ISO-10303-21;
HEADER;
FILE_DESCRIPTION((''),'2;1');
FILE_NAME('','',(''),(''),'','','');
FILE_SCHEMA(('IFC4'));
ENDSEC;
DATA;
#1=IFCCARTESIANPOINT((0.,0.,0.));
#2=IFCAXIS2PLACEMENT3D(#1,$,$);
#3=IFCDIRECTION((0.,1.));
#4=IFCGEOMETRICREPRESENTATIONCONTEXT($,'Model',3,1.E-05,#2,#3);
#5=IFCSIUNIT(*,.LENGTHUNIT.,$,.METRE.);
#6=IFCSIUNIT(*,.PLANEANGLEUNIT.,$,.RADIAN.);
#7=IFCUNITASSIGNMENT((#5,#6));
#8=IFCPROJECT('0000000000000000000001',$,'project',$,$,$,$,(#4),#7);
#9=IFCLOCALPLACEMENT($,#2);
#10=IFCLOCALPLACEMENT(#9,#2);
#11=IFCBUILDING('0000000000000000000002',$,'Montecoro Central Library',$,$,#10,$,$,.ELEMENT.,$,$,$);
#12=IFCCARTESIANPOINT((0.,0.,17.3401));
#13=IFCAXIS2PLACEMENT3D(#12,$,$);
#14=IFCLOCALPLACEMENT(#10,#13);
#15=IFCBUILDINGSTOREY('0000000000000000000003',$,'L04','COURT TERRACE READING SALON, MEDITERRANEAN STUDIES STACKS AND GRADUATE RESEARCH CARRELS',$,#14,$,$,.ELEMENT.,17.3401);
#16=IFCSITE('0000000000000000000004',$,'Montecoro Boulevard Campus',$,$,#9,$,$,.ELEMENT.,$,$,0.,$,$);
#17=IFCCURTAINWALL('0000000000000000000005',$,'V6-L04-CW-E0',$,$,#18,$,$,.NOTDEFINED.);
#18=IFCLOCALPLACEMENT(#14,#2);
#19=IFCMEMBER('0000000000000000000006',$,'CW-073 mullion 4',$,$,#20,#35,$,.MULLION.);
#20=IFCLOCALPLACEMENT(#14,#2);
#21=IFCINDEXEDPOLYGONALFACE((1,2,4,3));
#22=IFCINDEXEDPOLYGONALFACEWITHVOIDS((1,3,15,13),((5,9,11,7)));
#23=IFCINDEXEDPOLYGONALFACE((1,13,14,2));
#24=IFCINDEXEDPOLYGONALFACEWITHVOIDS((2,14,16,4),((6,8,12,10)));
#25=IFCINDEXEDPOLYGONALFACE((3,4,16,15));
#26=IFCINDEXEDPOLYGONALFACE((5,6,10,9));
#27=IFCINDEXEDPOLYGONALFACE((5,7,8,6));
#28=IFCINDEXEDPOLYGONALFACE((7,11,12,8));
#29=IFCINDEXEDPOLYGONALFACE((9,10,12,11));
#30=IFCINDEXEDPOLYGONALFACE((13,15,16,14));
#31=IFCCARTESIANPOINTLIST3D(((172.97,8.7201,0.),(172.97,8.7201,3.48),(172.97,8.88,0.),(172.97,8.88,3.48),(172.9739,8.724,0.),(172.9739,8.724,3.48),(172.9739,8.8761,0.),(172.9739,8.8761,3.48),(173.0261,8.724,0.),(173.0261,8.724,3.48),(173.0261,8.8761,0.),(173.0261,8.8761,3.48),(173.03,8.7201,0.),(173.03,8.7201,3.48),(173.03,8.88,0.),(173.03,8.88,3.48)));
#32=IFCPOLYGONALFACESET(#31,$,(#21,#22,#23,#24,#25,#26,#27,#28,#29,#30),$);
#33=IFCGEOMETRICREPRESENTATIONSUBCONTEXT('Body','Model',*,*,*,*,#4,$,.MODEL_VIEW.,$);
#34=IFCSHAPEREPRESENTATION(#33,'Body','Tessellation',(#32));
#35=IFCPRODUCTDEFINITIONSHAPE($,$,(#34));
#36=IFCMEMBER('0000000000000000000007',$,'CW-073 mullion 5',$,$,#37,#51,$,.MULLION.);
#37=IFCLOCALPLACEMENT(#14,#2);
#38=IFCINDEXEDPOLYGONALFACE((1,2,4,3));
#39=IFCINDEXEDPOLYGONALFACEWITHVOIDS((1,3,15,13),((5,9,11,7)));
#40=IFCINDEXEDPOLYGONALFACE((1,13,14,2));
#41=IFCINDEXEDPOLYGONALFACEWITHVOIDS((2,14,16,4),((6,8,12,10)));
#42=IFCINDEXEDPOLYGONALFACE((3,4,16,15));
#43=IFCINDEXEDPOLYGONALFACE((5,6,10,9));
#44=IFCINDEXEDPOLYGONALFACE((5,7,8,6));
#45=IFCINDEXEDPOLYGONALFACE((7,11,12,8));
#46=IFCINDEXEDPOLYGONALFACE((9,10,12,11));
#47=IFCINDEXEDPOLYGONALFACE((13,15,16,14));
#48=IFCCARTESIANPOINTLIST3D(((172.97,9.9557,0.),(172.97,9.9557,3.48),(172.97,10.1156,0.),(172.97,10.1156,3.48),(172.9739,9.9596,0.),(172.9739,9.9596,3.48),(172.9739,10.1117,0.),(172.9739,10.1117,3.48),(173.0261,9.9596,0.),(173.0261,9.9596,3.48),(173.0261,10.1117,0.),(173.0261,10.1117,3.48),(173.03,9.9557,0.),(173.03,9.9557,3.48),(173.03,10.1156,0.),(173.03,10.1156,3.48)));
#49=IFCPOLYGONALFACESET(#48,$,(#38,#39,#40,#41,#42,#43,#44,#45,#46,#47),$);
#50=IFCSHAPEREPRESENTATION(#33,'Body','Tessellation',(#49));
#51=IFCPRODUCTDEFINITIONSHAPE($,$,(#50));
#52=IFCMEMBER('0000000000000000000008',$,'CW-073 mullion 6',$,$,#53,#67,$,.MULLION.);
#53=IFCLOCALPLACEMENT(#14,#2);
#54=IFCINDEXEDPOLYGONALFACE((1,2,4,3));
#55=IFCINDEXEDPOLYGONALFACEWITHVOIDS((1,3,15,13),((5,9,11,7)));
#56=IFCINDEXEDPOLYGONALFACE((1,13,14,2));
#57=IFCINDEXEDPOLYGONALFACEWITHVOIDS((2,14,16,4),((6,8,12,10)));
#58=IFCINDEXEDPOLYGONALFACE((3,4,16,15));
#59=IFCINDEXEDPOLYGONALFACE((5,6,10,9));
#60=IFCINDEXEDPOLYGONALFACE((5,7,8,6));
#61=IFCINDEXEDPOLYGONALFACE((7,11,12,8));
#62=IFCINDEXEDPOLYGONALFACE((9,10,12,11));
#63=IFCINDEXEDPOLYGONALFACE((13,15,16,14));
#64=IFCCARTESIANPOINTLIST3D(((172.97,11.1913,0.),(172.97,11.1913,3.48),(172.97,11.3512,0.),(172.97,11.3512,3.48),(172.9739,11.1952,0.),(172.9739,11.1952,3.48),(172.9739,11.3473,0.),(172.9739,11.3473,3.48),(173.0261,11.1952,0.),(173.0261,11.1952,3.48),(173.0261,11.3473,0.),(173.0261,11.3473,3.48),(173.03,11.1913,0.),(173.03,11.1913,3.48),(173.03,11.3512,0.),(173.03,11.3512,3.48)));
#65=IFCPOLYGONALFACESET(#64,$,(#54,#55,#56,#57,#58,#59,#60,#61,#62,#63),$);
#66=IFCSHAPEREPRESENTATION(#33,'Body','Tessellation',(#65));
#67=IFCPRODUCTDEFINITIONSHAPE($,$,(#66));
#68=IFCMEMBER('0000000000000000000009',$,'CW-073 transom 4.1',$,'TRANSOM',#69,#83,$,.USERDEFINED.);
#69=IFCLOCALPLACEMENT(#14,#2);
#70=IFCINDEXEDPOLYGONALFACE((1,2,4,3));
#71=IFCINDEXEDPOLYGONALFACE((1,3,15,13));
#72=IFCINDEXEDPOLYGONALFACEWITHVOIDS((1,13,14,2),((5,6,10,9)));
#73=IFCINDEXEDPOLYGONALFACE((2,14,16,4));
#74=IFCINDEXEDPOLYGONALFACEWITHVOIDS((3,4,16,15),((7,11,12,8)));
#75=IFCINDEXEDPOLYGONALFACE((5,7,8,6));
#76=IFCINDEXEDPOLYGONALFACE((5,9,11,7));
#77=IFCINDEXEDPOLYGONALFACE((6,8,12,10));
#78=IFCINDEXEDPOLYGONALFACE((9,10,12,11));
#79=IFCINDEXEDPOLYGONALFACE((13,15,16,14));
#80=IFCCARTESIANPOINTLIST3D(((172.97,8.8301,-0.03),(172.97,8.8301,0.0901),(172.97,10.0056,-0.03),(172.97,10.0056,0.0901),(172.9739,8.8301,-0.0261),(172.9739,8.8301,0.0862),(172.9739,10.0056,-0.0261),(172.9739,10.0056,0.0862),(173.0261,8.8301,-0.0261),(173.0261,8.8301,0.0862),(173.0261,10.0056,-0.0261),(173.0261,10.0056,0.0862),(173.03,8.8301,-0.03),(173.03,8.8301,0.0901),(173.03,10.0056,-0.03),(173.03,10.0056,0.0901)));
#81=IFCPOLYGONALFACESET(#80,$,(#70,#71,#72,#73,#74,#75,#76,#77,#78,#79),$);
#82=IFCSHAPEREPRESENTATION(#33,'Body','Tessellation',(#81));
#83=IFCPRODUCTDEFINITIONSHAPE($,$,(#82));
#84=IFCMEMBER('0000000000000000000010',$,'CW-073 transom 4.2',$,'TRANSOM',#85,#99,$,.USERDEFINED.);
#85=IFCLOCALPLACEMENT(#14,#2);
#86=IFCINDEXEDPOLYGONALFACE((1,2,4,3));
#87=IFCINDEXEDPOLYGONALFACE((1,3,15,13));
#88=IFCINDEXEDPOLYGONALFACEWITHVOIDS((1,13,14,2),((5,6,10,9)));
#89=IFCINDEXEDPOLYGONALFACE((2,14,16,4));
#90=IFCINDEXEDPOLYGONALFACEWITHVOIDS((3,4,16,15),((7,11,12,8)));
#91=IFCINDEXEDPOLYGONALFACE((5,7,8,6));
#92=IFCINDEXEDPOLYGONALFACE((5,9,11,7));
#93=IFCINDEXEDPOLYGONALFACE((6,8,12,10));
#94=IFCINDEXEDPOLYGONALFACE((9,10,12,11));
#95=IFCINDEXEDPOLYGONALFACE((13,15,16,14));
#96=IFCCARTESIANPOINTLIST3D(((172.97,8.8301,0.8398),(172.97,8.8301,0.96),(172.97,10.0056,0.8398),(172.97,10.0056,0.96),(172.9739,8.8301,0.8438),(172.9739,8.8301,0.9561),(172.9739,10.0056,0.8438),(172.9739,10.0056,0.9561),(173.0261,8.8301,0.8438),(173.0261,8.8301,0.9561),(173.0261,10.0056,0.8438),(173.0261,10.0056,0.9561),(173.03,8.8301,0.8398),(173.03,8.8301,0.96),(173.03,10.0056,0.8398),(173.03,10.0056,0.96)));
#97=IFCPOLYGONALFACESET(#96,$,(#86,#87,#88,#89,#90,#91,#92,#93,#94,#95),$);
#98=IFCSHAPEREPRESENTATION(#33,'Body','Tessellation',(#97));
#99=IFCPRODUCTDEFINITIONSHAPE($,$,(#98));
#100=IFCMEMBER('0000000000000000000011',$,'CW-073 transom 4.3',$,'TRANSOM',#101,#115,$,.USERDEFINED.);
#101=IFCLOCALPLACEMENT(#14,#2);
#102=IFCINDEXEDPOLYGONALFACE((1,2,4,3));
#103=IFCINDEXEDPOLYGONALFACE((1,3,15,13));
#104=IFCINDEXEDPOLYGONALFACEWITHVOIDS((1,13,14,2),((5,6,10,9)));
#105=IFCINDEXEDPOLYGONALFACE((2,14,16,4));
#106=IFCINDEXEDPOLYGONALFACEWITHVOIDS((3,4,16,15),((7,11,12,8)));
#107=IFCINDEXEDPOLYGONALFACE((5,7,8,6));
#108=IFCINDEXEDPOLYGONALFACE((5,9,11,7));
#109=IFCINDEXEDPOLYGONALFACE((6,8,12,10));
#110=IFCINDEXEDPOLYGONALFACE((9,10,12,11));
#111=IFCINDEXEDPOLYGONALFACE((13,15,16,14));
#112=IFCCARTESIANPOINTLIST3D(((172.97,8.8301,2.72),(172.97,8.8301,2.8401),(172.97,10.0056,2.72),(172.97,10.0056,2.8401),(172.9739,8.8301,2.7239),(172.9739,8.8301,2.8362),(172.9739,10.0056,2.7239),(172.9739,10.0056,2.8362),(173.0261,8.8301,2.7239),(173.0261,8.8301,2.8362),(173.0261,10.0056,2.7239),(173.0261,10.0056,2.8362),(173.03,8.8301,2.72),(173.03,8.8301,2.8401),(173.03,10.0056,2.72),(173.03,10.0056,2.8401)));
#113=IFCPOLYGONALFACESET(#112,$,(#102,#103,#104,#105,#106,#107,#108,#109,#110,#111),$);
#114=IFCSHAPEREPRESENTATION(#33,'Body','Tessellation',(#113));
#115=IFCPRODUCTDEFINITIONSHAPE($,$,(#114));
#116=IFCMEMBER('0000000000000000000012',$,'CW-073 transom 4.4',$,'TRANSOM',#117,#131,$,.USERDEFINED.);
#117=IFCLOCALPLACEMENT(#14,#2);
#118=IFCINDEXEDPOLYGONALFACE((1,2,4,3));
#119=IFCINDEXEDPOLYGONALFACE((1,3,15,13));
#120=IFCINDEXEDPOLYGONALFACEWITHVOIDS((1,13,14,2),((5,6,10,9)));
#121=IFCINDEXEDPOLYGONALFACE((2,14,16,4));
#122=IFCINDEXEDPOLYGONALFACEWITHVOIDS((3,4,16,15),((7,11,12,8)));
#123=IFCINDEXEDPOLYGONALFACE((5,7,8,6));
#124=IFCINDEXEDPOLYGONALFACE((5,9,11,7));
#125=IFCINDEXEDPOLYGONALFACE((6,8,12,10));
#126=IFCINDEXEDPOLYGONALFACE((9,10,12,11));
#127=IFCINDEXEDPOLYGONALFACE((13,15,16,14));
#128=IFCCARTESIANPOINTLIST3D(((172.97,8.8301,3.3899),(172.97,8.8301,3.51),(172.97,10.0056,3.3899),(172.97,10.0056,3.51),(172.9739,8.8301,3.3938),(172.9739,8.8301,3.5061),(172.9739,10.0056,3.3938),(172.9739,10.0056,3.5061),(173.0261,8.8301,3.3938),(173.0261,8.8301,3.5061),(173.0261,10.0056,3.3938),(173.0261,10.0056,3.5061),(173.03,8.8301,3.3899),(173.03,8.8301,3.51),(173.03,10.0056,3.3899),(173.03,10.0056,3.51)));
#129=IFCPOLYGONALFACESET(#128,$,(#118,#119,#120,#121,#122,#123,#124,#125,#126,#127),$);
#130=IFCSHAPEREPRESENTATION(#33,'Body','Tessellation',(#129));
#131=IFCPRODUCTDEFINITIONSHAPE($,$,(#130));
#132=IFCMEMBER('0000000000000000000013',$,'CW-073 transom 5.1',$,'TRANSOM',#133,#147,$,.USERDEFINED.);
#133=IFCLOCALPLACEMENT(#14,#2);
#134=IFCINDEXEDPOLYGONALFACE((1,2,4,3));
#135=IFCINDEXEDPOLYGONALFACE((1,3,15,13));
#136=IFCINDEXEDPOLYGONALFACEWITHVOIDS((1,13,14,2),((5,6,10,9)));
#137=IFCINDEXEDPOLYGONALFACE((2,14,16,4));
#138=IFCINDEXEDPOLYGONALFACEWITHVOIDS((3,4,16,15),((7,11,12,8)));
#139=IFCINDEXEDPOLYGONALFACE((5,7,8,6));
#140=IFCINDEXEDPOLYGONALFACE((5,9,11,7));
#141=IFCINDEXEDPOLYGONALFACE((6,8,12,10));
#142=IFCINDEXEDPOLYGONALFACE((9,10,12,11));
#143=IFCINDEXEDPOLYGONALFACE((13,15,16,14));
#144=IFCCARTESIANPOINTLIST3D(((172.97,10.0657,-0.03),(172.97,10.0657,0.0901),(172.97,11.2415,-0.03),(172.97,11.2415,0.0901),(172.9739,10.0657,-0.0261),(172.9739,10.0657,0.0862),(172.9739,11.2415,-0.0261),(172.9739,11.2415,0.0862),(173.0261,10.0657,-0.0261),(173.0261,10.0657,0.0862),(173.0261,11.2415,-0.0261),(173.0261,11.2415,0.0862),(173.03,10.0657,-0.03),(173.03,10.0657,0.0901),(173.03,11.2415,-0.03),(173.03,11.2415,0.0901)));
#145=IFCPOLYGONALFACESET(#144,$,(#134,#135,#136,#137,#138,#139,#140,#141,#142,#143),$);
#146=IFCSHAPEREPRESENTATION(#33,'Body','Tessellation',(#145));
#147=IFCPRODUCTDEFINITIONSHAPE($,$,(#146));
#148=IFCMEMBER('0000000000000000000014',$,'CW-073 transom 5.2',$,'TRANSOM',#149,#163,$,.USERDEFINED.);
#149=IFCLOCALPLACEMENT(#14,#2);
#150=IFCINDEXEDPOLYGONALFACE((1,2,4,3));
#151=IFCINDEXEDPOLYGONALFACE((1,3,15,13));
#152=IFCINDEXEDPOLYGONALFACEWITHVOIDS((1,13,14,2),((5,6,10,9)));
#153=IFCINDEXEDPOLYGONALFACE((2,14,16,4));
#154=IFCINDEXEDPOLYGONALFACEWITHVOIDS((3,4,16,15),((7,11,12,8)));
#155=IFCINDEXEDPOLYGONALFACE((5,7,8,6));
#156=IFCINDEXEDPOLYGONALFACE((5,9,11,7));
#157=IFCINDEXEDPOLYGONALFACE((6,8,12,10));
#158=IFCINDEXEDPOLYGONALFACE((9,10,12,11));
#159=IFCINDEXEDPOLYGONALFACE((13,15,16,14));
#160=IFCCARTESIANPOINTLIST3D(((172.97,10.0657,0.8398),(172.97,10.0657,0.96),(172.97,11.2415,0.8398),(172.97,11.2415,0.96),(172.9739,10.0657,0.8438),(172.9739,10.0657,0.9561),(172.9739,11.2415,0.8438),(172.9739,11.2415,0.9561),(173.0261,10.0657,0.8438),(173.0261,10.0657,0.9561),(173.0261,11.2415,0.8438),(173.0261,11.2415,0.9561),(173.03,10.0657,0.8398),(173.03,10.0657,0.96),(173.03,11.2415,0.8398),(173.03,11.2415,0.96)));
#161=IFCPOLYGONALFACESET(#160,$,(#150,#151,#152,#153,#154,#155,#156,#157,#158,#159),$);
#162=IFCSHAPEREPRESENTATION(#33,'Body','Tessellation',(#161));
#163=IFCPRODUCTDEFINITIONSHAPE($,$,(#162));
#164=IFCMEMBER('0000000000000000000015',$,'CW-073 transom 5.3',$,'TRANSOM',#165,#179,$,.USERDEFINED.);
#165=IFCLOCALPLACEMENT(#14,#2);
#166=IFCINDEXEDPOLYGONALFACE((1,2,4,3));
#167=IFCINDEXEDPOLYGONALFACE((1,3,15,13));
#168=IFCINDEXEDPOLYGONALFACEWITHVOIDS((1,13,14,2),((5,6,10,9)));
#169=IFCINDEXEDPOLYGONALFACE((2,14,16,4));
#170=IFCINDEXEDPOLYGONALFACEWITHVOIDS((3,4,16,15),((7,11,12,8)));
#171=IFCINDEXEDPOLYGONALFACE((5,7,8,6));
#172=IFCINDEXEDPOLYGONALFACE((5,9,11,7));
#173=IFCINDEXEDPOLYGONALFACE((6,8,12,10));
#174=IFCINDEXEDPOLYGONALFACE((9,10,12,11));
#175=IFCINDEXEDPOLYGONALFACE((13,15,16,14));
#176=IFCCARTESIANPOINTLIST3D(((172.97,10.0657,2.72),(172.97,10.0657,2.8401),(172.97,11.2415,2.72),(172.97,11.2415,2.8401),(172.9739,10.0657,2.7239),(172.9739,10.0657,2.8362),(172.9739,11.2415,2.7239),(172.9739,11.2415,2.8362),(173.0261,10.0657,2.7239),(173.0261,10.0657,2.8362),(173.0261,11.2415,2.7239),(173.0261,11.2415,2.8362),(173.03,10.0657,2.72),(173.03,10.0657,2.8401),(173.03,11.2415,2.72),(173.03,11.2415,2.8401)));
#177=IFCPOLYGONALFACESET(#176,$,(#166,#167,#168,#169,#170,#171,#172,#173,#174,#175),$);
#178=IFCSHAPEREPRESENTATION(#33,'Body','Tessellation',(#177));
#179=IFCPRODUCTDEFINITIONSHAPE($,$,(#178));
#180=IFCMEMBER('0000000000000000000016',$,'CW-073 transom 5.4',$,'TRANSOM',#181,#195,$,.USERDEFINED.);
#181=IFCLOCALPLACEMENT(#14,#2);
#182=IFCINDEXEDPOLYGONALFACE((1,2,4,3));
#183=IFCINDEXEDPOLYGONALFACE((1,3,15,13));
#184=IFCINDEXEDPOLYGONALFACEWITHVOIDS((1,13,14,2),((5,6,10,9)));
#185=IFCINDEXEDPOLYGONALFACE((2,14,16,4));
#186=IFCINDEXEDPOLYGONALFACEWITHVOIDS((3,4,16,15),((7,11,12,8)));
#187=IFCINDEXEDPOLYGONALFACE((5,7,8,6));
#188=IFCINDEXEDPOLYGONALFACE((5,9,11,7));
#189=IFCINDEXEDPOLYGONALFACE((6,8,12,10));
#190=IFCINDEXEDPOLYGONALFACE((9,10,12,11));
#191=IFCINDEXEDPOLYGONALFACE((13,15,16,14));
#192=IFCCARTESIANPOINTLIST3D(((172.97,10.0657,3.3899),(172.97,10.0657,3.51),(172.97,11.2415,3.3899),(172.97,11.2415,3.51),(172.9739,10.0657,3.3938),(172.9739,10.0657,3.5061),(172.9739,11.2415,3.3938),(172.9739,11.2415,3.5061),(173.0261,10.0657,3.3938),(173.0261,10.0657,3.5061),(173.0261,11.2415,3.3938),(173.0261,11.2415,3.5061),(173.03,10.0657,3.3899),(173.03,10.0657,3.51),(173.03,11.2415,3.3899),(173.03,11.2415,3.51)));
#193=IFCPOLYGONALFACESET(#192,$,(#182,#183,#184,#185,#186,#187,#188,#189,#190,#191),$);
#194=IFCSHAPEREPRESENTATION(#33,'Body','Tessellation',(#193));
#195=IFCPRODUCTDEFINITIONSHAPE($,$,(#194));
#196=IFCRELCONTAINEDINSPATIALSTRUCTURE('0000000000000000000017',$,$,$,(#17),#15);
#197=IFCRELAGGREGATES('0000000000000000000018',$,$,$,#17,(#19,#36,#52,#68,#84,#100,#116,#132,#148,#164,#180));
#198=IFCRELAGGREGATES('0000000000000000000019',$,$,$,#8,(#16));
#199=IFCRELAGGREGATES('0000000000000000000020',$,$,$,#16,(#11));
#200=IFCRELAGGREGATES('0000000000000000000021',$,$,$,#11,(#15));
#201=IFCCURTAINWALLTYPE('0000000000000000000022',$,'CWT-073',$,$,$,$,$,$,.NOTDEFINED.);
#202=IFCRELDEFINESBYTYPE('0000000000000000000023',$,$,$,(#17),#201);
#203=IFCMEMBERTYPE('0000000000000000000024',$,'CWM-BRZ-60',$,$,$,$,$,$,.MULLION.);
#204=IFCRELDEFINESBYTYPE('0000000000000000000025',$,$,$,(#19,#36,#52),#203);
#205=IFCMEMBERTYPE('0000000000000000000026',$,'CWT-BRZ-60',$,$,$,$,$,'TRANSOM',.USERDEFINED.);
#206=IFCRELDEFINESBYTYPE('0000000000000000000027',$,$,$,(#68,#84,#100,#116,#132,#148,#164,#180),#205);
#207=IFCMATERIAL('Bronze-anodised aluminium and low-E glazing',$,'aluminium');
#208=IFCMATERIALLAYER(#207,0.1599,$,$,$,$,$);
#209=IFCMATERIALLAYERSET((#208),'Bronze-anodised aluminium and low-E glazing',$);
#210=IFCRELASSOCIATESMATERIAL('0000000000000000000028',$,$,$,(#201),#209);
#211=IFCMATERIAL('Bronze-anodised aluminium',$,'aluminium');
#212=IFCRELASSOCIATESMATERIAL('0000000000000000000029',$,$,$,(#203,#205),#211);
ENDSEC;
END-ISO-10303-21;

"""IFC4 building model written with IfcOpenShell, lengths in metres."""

from ifc_helpers import new_model, si_unit, direction, frame, origin, origin_2d, place, context, subcontext, project, spatial, hollow_rectangle, extrude, material, layer, layer_set, material_profile, profile_set, type_object, element, aggregate, save


model = new_model("IFC4")

# Units and contexts
model_context = context("Model", 3, precision=1e-05, world=origin(), true_north=direction((0.0, 1.0)))
body_context = subcontext(model_context, "Body", "Model", "MODEL_VIEW")
ifc_project = project(units=[si_unit("LENGTHUNIT", "METRE"), si_unit("PLANEANGLEUNIT", "RADIAN")], contexts=[model_context])

# Site, building, storey
site_placement = place(None, origin())
site = spatial("IfcSite", under=ifc_project, at=site_placement, Name="Montecoro Boulevard Campus", CompositionType="ELEMENT", RefElevation=0.0)
building_placement = place(site_placement, origin())
building = spatial("IfcBuilding", under=site, at=building_placement, Name="Montecoro Central Library", CompositionType="ELEMENT")
storey_placement = place(building_placement, frame((0.0, 0.0, 17.3401)))
storey = spatial("IfcBuildingStorey", under=building, at=storey_placement, Name="L04", Description="COURT TERRACE READING SALON, MEDITERRANEAN STUDIES STACKS AND GRADUATE RESEARCH CARRELS", CompositionType="ELEMENT", Elevation=17.3401)

# Curtain wall, members
ifc_material_1 = material(Name="Bronze-anodised aluminium and low-E glazing", Category="aluminium")
ifc_layer_1 = layer(ifc_material_1, 0.1599)
ifc_layer_set_1 = layer_set([ifc_layer_1], Name="Bronze-anodised aluminium and low-E glazing")
curtain_wall_type = type_object("IfcCurtainWallType", Name="CWT-073", PredefinedType="NOTDEFINED", material=ifc_layer_set_1)
curtain_wall_placement = place(storey_placement, origin())
curtain_wall = element("IfcCurtainWall", 1, at=curtain_wall_placement, inside=storey, type_object=curtain_wall_type, Name="V6-L04-CW-E0", PredefinedType="NOTDEFINED")
ifc_material_2 = material(Name="Bronze-anodised aluminium", Category="aluminium")
ifc_material_profile_1 = material_profile(ifc_material_2, hollow_rectangle(XDim=0.0601, YDim=0.1599, WallThickness=0.0039, at=origin_2d()), Name="CWM 160x60x4.0")
ifc_profile_set_1 = profile_set([ifc_material_profile_1], Name="Bronze-anodised aluminium")
member_type_1 = type_object("IfcMemberType", Name="CWM-BRZ-60", PredefinedType="MULLION", material=ifc_profile_set_1)
member_1_placement = place(storey_placement, frame((173.0, 8.8, 0.0), z_axis=(0.0, 0.0, 1.0), x_axis=(-1.0, 0.0, 0.0)))
member_1 = element("IfcMember", 2, at=member_1_placement, type_object=member_type_1, Name="CW-073 mullion 4", PredefinedType="MULLION", context=body_context, shape_type="SweptSolid", body=[
    extrude(hollow_rectangle(XDim=0.0601, YDim=0.1599, WallThickness=0.0039, at=origin_2d()), origin(), (0.0, 0.0, 1.0), 3.48),
])
member_2_placement = place(storey_placement, frame((173.0, 10.0356, 0.0), z_axis=(0.0, 0.0, 1.0), x_axis=(-1.0, 0.0, 0.0)))
member_2 = element("IfcMember", 3, at=member_2_placement, type_object=member_type_1, Name="CW-073 mullion 5", PredefinedType="MULLION", context=body_context, shape_type="SweptSolid", body=[
    extrude(hollow_rectangle(XDim=0.0601, YDim=0.1599, WallThickness=0.0039, at=origin_2d()), origin(), (0.0, 0.0, 1.0), 3.48),
])
member_3_placement = place(storey_placement, frame((173.0, 11.2712, 0.0), z_axis=(0.0, 0.0, 1.0), x_axis=(-1.0, 0.0, 0.0)))
member_3 = element("IfcMember", 4, at=member_3_placement, type_object=member_type_1, Name="CW-073 mullion 6", PredefinedType="MULLION", context=body_context, shape_type="SweptSolid", body=[
    extrude(hollow_rectangle(XDim=0.0601, YDim=0.1599, WallThickness=0.0039, at=origin_2d()), origin(), (0.0, 0.0, 1.0), 3.48),
])
ifc_material_profile_2 = material_profile(ifc_material_2, hollow_rectangle(XDim=0.0601, YDim=0.1201, WallThickness=0.0039, at=origin_2d()), Name="CWT 120x60x4.0")
ifc_profile_set_2 = profile_set([ifc_material_profile_2], Name="Bronze-anodised aluminium")
member_type_2 = type_object("IfcMemberType", Name="CWT-BRZ-60", ElementType="TRANSOM", PredefinedType="USERDEFINED", material=ifc_profile_set_2)
member_4_placement = place(storey_placement, frame((173.0, 8.8301, 0.03), z_axis=(0.0, 1.0, 0.0), x_axis=(-1.0, 0.0, 0.0)))
member_4 = element("IfcMember", 5, at=member_4_placement, type_object=member_type_2, Name="CW-073 transom 4.1", ObjectType="TRANSOM", PredefinedType="USERDEFINED", context=body_context, shape_type="SweptSolid", body=[
    extrude(hollow_rectangle(XDim=0.0601, YDim=0.1201, WallThickness=0.0039, at=origin_2d()), origin(), (0.0, 0.0, 1.0), 1.1755),
])
member_5_placement = place(storey_placement, frame((173.0, 8.8301, 0.8999), z_axis=(0.0, 1.0, 0.0), x_axis=(-1.0, 0.0, 0.0)))
member_5 = element("IfcMember", 6, at=member_5_placement, type_object=member_type_2, Name="CW-073 transom 4.2", ObjectType="TRANSOM", PredefinedType="USERDEFINED", context=body_context, shape_type="SweptSolid", body=[
    extrude(hollow_rectangle(XDim=0.0601, YDim=0.1201, WallThickness=0.0039, at=origin_2d()), origin(), (0.0, 0.0, 1.0), 1.1755),
])
member_6_placement = place(storey_placement, frame((173.0, 8.8301, 2.78), z_axis=(0.0, 1.0, 0.0), x_axis=(-1.0, 0.0, 0.0)))
member_6 = element("IfcMember", 7, at=member_6_placement, type_object=member_type_2, Name="CW-073 transom 4.3", ObjectType="TRANSOM", PredefinedType="USERDEFINED", context=body_context, shape_type="SweptSolid", body=[
    extrude(hollow_rectangle(XDim=0.0601, YDim=0.1201, WallThickness=0.0039, at=origin_2d()), origin(), (0.0, 0.0, 1.0), 1.1755),
])
member_7_placement = place(storey_placement, frame((173.0, 8.8301, 3.45), z_axis=(0.0, 1.0, 0.0), x_axis=(-1.0, 0.0, 0.0)))
member_7 = element("IfcMember", 8, at=member_7_placement, type_object=member_type_2, Name="CW-073 transom 4.4", ObjectType="TRANSOM", PredefinedType="USERDEFINED", context=body_context, shape_type="SweptSolid", body=[
    extrude(hollow_rectangle(XDim=0.0601, YDim=0.1201, WallThickness=0.0039, at=origin_2d()), origin(), (0.0, 0.0, 1.0), 1.1755),
])
member_8_placement = place(storey_placement, frame((173.0, 10.0657, 0.03), z_axis=(0.0, 1.0, 0.0), x_axis=(-1.0, 0.0, 0.0)))
member_8 = element("IfcMember", 9, at=member_8_placement, type_object=member_type_2, Name="CW-073 transom 5.1", ObjectType="TRANSOM", PredefinedType="USERDEFINED", context=body_context, shape_type="SweptSolid", body=[
    extrude(hollow_rectangle(XDim=0.0601, YDim=0.1201, WallThickness=0.0039, at=origin_2d()), origin(), (0.0, 0.0, 1.0), 1.1758),
])
member_9_placement = place(storey_placement, frame((173.0, 10.0657, 0.8999), z_axis=(0.0, 1.0, 0.0), x_axis=(-1.0, 0.0, 0.0)))
member_9 = element("IfcMember", 10, at=member_9_placement, type_object=member_type_2, Name="CW-073 transom 5.2", ObjectType="TRANSOM", PredefinedType="USERDEFINED", context=body_context, shape_type="SweptSolid", body=[
    extrude(hollow_rectangle(XDim=0.0601, YDim=0.1201, WallThickness=0.0039, at=origin_2d()), origin(), (0.0, 0.0, 1.0), 1.1758),
])
member_10_placement = place(storey_placement, frame((173.0, 10.0657, 2.78), z_axis=(0.0, 1.0, 0.0), x_axis=(-1.0, 0.0, 0.0)))
member_10 = element("IfcMember", 11, at=member_10_placement, type_object=member_type_2, Name="CW-073 transom 5.3", ObjectType="TRANSOM", PredefinedType="USERDEFINED", context=body_context, shape_type="SweptSolid", body=[
    extrude(hollow_rectangle(XDim=0.0601, YDim=0.1201, WallThickness=0.0039, at=origin_2d()), origin(), (0.0, 0.0, 1.0), 1.1758),
])
member_11_placement = place(storey_placement, frame((173.0, 10.0657, 3.45), z_axis=(0.0, 1.0, 0.0), x_axis=(-1.0, 0.0, 0.0)))
member_11 = element("IfcMember", 12, at=member_11_placement, type_object=member_type_2, Name="CW-073 transom 5.4", ObjectType="TRANSOM", PredefinedType="USERDEFINED", context=body_context, shape_type="SweptSolid", body=[
    extrude(hollow_rectangle(XDim=0.0601, YDim=0.1201, WallThickness=0.0039, at=origin_2d()), origin(), (0.0, 0.0, 1.0), 1.1758),
])
aggregate(curtain_wall, [member_1, member_2, member_3, member_4, member_5, member_6, member_7, member_8, member_9, member_10, member_11])

save(model, "model.ifc")
